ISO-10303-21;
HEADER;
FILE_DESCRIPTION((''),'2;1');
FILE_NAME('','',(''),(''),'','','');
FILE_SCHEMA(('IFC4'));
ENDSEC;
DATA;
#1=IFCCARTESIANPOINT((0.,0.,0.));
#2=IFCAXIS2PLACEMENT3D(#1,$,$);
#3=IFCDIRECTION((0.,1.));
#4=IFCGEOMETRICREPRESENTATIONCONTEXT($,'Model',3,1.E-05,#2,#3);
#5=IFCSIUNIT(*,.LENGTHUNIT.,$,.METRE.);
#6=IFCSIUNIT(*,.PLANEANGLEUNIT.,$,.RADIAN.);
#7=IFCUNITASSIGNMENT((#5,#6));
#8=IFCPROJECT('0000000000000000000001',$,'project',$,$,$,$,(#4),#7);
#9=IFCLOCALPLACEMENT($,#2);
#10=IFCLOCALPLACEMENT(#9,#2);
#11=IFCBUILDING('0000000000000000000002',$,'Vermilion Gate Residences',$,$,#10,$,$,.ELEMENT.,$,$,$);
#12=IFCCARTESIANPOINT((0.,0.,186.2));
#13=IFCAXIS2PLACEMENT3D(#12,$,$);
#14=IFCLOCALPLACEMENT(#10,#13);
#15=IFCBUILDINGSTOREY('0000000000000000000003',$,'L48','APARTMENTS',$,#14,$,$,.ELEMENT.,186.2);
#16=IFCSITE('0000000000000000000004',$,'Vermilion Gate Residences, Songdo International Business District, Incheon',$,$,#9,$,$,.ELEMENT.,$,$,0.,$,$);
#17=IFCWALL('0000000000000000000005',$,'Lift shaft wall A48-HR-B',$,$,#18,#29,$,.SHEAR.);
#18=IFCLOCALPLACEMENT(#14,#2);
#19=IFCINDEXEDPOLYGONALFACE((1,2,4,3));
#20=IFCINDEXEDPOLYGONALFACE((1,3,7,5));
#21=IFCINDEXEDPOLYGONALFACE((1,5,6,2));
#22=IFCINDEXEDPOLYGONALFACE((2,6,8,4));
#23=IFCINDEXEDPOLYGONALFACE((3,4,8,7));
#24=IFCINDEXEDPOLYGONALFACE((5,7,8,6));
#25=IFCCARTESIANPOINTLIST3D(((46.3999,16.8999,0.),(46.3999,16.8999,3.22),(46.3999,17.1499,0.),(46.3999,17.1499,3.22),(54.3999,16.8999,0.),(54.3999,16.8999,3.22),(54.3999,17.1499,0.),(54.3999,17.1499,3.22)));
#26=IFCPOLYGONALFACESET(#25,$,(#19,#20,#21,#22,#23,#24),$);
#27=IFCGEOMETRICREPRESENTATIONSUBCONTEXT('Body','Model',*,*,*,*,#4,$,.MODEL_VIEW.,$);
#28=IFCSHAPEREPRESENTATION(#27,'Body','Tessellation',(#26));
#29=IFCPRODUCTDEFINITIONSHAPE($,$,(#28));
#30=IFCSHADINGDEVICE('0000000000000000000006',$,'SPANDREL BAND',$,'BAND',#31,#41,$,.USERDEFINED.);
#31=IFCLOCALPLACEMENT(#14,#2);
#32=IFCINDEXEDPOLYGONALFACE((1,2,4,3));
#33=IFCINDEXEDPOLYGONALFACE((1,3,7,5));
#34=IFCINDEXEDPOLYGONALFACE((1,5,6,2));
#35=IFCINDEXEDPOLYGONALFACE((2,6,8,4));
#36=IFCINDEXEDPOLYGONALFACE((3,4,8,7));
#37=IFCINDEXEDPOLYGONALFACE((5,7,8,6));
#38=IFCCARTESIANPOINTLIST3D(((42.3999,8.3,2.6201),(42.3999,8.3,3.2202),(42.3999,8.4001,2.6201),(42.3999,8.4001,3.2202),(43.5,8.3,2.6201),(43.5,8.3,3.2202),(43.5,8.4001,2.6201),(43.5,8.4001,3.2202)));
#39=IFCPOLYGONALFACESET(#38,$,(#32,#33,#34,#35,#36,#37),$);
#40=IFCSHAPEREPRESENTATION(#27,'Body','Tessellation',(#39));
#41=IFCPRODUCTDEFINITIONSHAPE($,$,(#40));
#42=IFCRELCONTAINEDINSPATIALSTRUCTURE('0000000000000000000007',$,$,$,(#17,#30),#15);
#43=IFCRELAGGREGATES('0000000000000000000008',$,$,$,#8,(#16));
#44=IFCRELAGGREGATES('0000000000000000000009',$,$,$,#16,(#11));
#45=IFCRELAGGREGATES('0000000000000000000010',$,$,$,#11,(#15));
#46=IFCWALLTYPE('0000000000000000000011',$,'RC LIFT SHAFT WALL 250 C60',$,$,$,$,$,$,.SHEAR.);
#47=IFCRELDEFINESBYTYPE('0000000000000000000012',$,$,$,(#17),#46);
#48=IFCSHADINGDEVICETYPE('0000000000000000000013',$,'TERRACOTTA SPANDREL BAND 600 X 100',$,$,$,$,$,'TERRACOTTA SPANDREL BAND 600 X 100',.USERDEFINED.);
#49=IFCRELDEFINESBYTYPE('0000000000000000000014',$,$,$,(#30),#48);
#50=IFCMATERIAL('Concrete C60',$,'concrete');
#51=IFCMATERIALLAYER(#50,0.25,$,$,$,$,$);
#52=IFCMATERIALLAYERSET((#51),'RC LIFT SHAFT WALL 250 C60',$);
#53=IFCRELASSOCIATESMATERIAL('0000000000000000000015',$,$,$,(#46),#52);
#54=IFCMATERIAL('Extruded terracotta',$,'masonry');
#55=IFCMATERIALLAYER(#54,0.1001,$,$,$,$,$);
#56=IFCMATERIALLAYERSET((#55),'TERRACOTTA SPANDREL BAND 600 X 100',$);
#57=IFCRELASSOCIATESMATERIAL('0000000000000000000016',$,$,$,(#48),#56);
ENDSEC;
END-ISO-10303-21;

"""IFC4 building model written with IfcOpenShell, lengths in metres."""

from ifc_helpers import new_model, si_unit, direction, frame, frame_2d, origin, origin_2d, place, context, subcontext, project, spatial, rectangle, extrude, material, layer, layer_set, type_object, element, save


model = new_model("IFC4")

# Units and contexts
model_context = context("Model", 3, precision=1e-05, world=origin(), true_north=direction((0.0, 1.0)))
body_context = subcontext(model_context, "Body", "Model", "MODEL_VIEW")
ifc_project = project(units=[si_unit("LENGTHUNIT", "METRE"), si_unit("PLANEANGLEUNIT", "RADIAN")], contexts=[model_context])

# Site, building, storey
site_placement = place(None, origin())
site = spatial("IfcSite", under=ifc_project, at=site_placement, Name="Vermilion Gate Residences, Songdo International Business District, Incheon", CompositionType="ELEMENT", RefElevation=0.0)
building_placement = place(site_placement, origin())
building = spatial("IfcBuilding", under=site, at=building_placement, Name="Vermilion Gate Residences", CompositionType="ELEMENT")
storey_placement = place(building_placement, frame((0.0, 0.0, 186.2)))
storey = spatial("IfcBuildingStorey", under=building, at=storey_placement, Name="L48", Description="APARTMENTS", CompositionType="ELEMENT", Elevation=186.2)

# Shared definitions
ifc_material_1 = material(Name="Concrete C60", Category="concrete")
ifc_layer_1 = layer(ifc_material_1, 0.25)
ifc_layer_set_1 = layer_set([ifc_layer_1], Name="RC LIFT SHAFT WALL 250 C60")
wall_type_1 = type_object("IfcWallType", Name="RC LIFT SHAFT WALL 250 C60", PredefinedType="SHEAR", material=ifc_layer_set_1)

# Wall
wall_1_placement = place(storey_placement, frame((46.3999, 17.0249, 0.0), z_axis=(0.0, 0.0, 1.0), x_axis=(1.0, 0.0, 0.0)))
element("IfcWall", 1, at=wall_1_placement, inside=storey, type_object=wall_type_1, Name="Lift shaft wall A48-HR-B", PredefinedType="SHEAR", context=body_context, shape_type="SweptSolid", body=[
    extrude(rectangle(XDim=8.0, YDim=0.25, at=frame_2d((4.0, 0.0))), origin(), (0.0, 0.0, 1.0), 3.22),
])

# Shading device
ifc_material_2 = material(Name="Extruded terracotta", Category="masonry")
ifc_layer_2 = layer(ifc_material_2, 0.1001)
ifc_layer_set_2 = layer_set([ifc_layer_2], Name="TERRACOTTA SPANDREL BAND 600 X 100")
shading_device_type = type_object("IfcShadingDeviceType", Name="TERRACOTTA SPANDREL BAND 600 X 100", ElementType="TERRACOTTA SPANDREL BAND 600 X 100", PredefinedType="USERDEFINED", material=ifc_layer_set_2)
shading_device_placement = place(storey_placement, frame((42.95, 8.3501, 2.6201), z_axis=(0.0, 0.0, 1.0), x_axis=(1.0, 0.0, 0.0)))
element("IfcShadingDevice", 2, at=shading_device_placement, inside=storey, type_object=shading_device_type, Name="SPANDREL BAND", ObjectType="BAND", PredefinedType="USERDEFINED", context=body_context, shape_type="SweptSolid", body=[
    extrude(rectangle(XDim=1.1001, YDim=0.1001, at=origin_2d()), origin(), (0.0, 0.0, 1.0), 0.6001),
])

save(model, "model.ifc")
